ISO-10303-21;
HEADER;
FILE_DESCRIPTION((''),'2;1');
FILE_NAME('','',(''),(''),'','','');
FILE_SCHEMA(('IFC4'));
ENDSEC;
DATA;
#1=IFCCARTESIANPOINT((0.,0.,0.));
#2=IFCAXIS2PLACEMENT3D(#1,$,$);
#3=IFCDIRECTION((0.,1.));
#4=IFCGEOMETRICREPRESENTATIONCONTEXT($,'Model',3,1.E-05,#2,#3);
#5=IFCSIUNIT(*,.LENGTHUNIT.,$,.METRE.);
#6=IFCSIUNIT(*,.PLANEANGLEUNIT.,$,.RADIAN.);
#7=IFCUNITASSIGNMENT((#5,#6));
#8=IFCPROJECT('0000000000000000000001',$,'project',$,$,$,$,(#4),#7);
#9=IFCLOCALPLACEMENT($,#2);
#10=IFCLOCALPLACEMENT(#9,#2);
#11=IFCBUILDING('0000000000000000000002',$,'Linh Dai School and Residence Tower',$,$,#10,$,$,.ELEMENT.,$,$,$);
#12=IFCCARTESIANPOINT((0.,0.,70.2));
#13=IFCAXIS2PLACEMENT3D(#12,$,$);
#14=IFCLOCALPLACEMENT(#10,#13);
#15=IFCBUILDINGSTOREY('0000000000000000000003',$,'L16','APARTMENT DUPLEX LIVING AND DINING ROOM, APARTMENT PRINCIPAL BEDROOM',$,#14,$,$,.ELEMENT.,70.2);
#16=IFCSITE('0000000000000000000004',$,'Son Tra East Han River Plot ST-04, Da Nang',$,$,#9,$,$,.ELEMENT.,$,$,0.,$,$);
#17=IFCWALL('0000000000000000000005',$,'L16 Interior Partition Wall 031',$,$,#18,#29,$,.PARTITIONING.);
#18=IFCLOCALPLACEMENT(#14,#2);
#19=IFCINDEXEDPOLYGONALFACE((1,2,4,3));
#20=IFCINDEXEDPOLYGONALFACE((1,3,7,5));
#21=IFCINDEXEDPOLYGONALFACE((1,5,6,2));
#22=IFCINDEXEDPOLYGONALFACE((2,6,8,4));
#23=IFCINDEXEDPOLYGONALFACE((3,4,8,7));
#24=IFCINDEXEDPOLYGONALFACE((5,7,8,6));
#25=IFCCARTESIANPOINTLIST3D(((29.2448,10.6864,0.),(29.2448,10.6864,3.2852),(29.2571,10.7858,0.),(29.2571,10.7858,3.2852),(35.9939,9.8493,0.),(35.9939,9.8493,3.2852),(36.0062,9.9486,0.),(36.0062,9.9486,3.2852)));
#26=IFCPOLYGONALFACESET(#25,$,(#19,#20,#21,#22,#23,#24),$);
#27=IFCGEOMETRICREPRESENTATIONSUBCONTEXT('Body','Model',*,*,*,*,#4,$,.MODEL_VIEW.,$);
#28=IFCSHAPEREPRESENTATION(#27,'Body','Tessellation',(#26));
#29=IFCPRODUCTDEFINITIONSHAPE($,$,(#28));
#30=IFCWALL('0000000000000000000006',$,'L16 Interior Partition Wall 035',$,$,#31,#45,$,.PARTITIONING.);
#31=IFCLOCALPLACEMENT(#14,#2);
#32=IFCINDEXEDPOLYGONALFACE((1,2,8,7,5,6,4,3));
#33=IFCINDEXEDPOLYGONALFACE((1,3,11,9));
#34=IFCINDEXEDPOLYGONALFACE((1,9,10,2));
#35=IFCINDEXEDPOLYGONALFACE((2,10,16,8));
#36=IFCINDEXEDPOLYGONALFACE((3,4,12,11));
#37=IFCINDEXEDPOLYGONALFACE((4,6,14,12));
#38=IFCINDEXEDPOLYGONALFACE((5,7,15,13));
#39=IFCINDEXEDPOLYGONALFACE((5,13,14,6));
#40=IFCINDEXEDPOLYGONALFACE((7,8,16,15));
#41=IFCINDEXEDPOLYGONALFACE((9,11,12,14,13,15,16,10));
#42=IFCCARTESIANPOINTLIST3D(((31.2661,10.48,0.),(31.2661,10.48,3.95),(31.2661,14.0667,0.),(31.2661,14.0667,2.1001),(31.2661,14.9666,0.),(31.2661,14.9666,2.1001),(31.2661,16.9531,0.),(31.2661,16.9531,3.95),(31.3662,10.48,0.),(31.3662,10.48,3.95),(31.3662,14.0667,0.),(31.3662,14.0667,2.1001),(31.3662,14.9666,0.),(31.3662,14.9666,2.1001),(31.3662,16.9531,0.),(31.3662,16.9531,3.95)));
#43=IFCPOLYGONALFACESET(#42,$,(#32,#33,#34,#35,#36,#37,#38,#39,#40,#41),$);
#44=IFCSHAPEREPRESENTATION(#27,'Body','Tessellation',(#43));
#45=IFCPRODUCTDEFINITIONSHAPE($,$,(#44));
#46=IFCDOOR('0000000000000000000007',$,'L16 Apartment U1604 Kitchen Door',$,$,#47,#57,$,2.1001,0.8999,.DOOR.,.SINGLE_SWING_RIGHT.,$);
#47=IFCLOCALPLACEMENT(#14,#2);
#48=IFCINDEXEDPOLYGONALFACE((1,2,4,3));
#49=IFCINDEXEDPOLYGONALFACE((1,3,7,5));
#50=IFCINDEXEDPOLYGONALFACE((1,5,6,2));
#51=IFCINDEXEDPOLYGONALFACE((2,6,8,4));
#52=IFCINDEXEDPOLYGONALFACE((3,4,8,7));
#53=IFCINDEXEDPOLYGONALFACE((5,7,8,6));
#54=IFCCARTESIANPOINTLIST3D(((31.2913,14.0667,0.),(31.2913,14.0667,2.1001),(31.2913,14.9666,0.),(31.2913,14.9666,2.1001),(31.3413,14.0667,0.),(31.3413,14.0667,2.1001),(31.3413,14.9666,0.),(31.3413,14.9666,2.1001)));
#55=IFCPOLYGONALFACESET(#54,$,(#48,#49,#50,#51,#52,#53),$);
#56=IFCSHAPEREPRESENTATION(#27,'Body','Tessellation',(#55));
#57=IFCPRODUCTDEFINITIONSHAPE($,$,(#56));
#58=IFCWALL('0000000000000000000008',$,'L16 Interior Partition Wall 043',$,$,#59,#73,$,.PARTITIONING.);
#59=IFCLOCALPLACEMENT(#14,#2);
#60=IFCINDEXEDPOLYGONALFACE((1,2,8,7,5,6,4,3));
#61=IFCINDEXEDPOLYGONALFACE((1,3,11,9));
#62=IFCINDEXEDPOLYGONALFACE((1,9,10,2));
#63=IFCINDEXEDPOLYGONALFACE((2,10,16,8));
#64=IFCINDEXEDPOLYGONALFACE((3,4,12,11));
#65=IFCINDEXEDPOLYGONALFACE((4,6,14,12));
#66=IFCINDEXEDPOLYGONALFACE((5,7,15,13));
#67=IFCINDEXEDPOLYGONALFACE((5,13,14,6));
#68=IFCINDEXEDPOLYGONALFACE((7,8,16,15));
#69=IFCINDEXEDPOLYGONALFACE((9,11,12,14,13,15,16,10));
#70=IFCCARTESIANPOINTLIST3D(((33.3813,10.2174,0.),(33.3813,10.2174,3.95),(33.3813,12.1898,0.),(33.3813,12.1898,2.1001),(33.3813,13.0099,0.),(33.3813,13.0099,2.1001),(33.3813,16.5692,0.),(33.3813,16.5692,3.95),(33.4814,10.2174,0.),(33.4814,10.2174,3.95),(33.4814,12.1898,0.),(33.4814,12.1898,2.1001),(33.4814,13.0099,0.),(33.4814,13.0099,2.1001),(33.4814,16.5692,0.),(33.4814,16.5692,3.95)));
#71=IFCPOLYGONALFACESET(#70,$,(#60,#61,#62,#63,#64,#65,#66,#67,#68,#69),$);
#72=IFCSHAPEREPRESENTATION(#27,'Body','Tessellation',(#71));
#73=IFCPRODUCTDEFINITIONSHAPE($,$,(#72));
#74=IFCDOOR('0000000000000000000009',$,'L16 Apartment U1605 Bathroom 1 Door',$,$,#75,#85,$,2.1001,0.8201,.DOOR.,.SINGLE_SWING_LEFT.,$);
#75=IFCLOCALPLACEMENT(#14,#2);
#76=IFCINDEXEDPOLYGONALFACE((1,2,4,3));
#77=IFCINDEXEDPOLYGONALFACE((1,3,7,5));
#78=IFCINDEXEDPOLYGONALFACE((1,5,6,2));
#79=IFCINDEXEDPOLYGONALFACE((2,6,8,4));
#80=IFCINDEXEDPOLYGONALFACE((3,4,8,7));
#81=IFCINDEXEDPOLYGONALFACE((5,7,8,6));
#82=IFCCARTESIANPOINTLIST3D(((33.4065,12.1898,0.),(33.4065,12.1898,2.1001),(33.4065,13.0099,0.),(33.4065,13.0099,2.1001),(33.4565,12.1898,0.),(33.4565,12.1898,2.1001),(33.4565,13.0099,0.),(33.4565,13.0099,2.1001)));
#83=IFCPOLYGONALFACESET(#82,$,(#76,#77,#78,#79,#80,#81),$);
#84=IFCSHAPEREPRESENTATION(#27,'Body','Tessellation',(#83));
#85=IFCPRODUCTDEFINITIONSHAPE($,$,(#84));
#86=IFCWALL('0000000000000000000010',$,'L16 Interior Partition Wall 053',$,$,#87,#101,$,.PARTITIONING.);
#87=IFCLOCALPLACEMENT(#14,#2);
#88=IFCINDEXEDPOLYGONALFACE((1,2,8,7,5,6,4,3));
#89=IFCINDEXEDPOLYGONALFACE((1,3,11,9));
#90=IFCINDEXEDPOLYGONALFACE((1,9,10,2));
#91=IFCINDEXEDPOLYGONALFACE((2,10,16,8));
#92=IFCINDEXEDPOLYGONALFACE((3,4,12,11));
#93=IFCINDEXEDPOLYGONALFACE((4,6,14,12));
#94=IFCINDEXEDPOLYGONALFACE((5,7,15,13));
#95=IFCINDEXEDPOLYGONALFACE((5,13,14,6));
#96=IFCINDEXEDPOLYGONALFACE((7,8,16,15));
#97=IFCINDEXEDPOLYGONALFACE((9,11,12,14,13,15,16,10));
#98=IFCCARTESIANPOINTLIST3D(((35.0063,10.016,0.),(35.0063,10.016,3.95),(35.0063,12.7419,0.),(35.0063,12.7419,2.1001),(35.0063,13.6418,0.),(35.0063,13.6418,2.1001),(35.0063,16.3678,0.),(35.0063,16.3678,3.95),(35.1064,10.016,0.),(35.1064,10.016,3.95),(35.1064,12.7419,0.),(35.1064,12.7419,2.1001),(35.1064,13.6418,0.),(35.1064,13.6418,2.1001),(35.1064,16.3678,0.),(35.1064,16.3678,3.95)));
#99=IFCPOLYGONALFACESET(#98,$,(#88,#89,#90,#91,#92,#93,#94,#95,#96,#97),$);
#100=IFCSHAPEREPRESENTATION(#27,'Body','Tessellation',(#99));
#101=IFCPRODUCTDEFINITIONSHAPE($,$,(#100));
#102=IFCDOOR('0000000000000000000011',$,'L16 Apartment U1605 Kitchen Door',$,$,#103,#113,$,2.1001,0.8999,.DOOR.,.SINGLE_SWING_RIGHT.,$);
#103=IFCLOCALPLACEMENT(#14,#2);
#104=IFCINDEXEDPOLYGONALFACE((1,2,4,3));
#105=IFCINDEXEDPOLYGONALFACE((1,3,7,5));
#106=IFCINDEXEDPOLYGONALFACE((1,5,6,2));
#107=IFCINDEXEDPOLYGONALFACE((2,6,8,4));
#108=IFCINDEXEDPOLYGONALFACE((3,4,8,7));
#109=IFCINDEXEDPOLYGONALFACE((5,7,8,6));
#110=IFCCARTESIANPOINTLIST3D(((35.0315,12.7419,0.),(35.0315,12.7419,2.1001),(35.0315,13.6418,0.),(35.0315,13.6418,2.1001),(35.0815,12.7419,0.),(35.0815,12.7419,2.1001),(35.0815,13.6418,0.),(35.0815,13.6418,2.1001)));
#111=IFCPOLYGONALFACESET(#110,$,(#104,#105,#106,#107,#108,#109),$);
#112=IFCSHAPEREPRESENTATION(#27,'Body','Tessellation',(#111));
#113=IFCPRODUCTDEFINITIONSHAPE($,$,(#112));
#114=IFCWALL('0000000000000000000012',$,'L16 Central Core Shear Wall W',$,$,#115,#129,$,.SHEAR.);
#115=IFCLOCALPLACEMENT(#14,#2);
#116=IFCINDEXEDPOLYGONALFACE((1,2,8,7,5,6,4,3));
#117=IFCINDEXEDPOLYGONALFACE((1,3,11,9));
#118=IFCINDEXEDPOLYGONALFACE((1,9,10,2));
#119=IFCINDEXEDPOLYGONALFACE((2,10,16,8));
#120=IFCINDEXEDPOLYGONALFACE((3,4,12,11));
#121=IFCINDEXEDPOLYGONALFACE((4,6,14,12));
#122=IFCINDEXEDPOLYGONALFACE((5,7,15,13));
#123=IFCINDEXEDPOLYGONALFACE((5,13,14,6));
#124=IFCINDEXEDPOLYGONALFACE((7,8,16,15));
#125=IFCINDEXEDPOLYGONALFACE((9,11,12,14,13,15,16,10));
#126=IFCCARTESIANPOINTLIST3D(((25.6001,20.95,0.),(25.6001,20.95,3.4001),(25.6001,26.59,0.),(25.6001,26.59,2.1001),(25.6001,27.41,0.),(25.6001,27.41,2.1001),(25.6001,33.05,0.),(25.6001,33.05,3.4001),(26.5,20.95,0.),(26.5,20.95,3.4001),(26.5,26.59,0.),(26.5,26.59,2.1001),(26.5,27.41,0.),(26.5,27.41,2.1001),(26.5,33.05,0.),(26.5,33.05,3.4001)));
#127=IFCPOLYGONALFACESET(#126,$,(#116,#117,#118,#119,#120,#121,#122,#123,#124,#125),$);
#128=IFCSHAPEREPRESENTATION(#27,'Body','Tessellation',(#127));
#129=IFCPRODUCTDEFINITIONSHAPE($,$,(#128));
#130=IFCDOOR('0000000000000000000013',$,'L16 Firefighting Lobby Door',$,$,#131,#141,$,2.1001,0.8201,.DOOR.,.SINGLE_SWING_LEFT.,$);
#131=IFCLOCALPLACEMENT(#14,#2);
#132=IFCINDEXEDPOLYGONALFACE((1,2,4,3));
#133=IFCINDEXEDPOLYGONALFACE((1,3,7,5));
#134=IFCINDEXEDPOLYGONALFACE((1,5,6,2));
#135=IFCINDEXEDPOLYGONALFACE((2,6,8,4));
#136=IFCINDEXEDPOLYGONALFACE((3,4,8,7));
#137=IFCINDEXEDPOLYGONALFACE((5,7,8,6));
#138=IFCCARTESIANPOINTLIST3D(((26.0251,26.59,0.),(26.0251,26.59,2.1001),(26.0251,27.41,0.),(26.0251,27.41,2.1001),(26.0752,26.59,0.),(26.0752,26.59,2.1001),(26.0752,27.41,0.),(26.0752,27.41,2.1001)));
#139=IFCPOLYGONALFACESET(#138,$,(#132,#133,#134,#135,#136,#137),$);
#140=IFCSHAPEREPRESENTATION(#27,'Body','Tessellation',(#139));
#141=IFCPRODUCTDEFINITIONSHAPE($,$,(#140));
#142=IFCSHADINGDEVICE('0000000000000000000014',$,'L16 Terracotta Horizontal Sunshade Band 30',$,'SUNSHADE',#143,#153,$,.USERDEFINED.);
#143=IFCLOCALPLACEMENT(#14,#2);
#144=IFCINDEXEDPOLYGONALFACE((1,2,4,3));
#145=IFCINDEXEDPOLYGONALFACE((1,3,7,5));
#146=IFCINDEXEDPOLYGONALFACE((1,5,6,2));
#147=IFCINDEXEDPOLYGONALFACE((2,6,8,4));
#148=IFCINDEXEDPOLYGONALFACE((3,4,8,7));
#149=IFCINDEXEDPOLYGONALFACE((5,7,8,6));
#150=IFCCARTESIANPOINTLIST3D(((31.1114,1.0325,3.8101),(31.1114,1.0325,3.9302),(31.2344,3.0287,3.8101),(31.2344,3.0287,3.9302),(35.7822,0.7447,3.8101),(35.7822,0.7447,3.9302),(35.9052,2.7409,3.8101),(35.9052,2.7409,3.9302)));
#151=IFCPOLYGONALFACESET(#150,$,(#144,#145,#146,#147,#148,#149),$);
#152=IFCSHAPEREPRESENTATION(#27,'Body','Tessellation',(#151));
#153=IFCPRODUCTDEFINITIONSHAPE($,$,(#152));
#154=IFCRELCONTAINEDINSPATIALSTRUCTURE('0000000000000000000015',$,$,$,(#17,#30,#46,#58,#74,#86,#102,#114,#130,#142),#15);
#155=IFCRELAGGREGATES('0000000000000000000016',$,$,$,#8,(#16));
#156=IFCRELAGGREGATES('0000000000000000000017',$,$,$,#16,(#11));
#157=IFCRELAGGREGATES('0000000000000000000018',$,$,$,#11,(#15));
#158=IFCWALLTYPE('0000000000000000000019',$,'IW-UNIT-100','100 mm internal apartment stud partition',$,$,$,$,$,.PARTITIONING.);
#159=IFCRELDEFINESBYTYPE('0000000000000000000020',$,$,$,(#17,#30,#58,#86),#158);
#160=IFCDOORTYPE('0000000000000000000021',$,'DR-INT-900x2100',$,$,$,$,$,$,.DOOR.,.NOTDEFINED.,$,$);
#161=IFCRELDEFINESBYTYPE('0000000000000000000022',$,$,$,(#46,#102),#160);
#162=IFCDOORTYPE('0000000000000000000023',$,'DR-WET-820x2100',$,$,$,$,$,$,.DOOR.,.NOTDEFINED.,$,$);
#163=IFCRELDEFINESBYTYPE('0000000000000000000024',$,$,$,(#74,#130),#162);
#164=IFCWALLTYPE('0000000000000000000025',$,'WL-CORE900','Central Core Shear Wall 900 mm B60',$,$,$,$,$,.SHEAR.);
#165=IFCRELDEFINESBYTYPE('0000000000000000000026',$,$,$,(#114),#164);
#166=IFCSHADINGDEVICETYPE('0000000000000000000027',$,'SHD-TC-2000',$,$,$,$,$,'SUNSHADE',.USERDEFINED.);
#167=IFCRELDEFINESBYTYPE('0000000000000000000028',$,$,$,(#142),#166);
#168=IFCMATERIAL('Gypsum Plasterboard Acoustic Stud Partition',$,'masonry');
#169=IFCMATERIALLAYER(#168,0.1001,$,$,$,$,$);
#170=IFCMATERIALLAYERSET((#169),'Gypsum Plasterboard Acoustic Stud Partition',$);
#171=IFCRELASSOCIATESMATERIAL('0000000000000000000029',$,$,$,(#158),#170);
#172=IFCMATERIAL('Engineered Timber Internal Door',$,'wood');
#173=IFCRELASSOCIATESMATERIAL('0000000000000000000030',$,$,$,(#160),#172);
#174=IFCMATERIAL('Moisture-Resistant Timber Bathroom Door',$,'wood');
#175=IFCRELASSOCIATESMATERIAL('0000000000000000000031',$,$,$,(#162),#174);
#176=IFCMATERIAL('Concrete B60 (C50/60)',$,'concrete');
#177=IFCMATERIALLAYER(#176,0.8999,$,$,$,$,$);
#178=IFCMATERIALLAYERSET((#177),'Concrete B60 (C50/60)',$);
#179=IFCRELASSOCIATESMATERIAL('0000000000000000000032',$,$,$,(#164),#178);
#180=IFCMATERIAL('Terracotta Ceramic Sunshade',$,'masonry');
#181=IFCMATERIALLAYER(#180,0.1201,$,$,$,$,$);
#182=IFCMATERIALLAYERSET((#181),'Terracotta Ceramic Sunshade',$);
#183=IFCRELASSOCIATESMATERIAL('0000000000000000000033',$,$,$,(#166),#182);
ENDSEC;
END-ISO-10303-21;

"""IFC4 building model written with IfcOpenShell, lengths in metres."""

from ifc_helpers import new_model, si_unit, direction, frame, frame_2d, origin, origin_2d, place, context, subcontext, project, spatial, rectangle, extrude, source, transform, mapped, material, layer, layer_set, type_object, element, fill, save


model = new_model("IFC4")

# Units and contexts
model_context = context("Model", 3, precision=1e-05, world=origin(), true_north=direction((0.0, 1.0)))
body_context = subcontext(model_context, "Body", "Model", "MODEL_VIEW")
ifc_project = project(units=[si_unit("LENGTHUNIT", "METRE"), si_unit("PLANEANGLEUNIT", "RADIAN")], contexts=[model_context])

# Site, building, storey
site_placement = place(None, origin())
site = spatial("IfcSite", under=ifc_project, at=site_placement, Name="Son Tra East Han River Plot ST-04, Da Nang", CompositionType="ELEMENT", RefElevation=0.0)
building_placement = place(site_placement, origin())
building = spatial("IfcBuilding", under=site, at=building_placement, Name="Linh Dai School and Residence Tower", CompositionType="ELEMENT")
storey_placement = place(building_placement, frame((0.0, 0.0, 70.2)))
storey = spatial("IfcBuildingStorey", under=building, at=storey_placement, Name="L16", Description="APARTMENT DUPLEX LIVING AND DINING ROOM, APARTMENT PRINCIPAL BEDROOM", CompositionType="ELEMENT", Elevation=70.2)

# Shared definitions
ifc_material_1 = material(Name="Concrete B60 (C50/60)", Category="concrete")

# Wall
ifc_material_2 = material(Name="Gypsum Plasterboard Acoustic Stud Partition", Category="masonry")
ifc_layer_1 = layer(ifc_material_2, 0.1001)
ifc_layer_set_1 = layer_set([ifc_layer_1], Name="Gypsum Plasterboard Acoustic Stud Partition")
wall_type_1 = type_object("IfcWallType", Name="IW-UNIT-100", Description="100 mm internal apartment stud partition", PredefinedType="PARTITIONING", material=ifc_layer_set_1)
wall_1_placement = place(storey_placement, frame((29.251, 10.7361, 0.0), z_axis=(0.0, 0.0, 1.0), x_axis=(0.992395, -0.123098, 0.0)))
element("IfcWall", 1, at=wall_1_placement, inside=storey, type_object=wall_type_1, Name="L16 Interior Partition Wall 031", PredefinedType="PARTITIONING", context=body_context, shape_type="SweptSolid", body=[
    extrude(rectangle(XDim=6.8008, YDim=0.1001, at=frame_2d((3.4004, 0.0))), origin(), (0.0, 0.0, 1.0), 3.2852),
])

# Walls, openings, doors
wall_2_placement = place(storey_placement, frame((31.3162, 10.48, 0.0), z_axis=(0.0, 0.0, 1.0), x_axis=(0.0, 1.0, 0.0)))
wall_2 = element("IfcWall", 2, at=wall_2_placement, inside=storey, type_object=wall_type_1, Name="L16 Interior Partition Wall 035", PredefinedType="PARTITIONING", context=body_context, shape_type="SweptSolid", body=[
    extrude(rectangle(XDim=6.4731, YDim=0.1001, at=frame_2d((3.2366, 0.0))), origin(), (0.0, 0.0, 1.0), 3.95),
])
opening_1_placement = place(wall_2_placement, frame((3.5867, 0.0, 0.0)))
opening_1 = element("IfcOpeningElement", 3, at=opening_1_placement, cuts=wall_2, PredefinedType="OPENING", context=body_context, shape_type="SweptSolid", body=[
    extrude(rectangle(XDim=0.8999, YDim=2.1001, at=origin_2d()), frame((0.45, 0.0601, 1.05), z_axis=(0.0, -1.0, 0.0), x_axis=(1.0, 0.0, 0.0)), (0.0, 0.0, 1.0), 0.1201),
])
ifc_material_3 = material(Name="Engineered Timber Internal Door", Category="wood")
door_type_1 = type_object("IfcDoorType", Name="DR-INT-900x2100", OperationType="NOTDEFINED", PredefinedType="DOOR", material=ifc_material_3)
shared_shape_1 = source(origin(), body_context, "Body", "SweptSolid", [
    extrude(rectangle(XDim=0.8999, YDim=2.1001, at=origin_2d()), frame((0.45, 0.0249, 1.05), z_axis=(0.0, -1.0, 0.0), x_axis=(1.0, 0.0, 0.0)), (0.0, 0.0, 1.0), 0.05),
])
door_1_placement = place(opening_1_placement, origin())
door_1 = element("IfcDoor", 4, at=door_1_placement, inside=storey, type_object=door_type_1, Name="L16 Apartment U1604 Kitchen Door", OperationType="SINGLE_SWING_RIGHT", OverallHeight=2.1001, OverallWidth=0.8999, PredefinedType="DOOR", context=body_context, shape_type="MappedRepresentation", body=[
    mapped(shared_shape_1, transform((0.0, 0.0, 0.0), x_axis=(1.0, 0.0, 0.0), y_axis=(0.0, 1.0, 0.0), z_axis=(0.0, 0.0, 1.0), scale=1.0)),
])
fill(opening_1, door_1)
wall_3_placement = place(storey_placement, frame((33.4314, 10.2175, 0.0), z_axis=(0.0, 0.0, 1.0), x_axis=(0.0, 1.0, 0.0)))
wall_3 = element("IfcWall", 5, at=wall_3_placement, inside=storey, type_object=wall_type_1, Name="L16 Interior Partition Wall 043", PredefinedType="PARTITIONING", context=body_context, shape_type="SweptSolid", body=[
    extrude(rectangle(XDim=6.3518, YDim=0.1001, at=frame_2d((3.1758, 0.0))), origin(), (0.0, 0.0, 1.0), 3.95),
])
opening_2_placement = place(wall_3_placement, frame((1.9722, 0.0, 0.0)))
opening_2 = element("IfcOpeningElement", 6, at=opening_2_placement, cuts=wall_3, PredefinedType="OPENING", context=body_context, shape_type="SweptSolid", body=[
    extrude(rectangle(XDim=0.8201, YDim=2.1001, at=origin_2d()), frame((0.4102, 0.0601, 1.05), z_axis=(0.0, -1.0, 0.0), x_axis=(1.0, 0.0, 0.0)), (0.0, 0.0, 1.0), 0.1201),
])
ifc_material_4 = material(Name="Moisture-Resistant Timber Bathroom Door", Category="wood")
door_type_2 = type_object("IfcDoorType", Name="DR-WET-820x2100", OperationType="NOTDEFINED", PredefinedType="DOOR", material=ifc_material_4)
shared_shape_2 = source(origin(), body_context, "Body", "SweptSolid", [
    extrude(rectangle(XDim=0.8201, YDim=2.1001, at=origin_2d()), frame((0.4102, 0.0249, 1.05), z_axis=(0.0, -1.0, 0.0), x_axis=(1.0, 0.0, 0.0)), (0.0, 0.0, 1.0), 0.05),
])
door_2_placement = place(opening_2_placement, origin())
door_2 = element("IfcDoor", 7, at=door_2_placement, inside=storey, type_object=door_type_2, Name="L16 Apartment U1605 Bathroom 1 Door", OperationType="SINGLE_SWING_LEFT", OverallHeight=2.1001, OverallWidth=0.8201, PredefinedType="DOOR", context=body_context, shape_type="MappedRepresentation", body=[
    mapped(shared_shape_2, transform((0.0, 0.0, 0.0), x_axis=(1.0, 0.0, 0.0), y_axis=(0.0, 1.0, 0.0), z_axis=(0.0, 0.0, 1.0), scale=1.0)),
])
fill(opening_2, door_2)
wall_4_placement = place(storey_placement, frame((35.0564, 10.0161, 0.0), z_axis=(0.0, 0.0, 1.0), x_axis=(0.0, 1.0, 0.0)))
wall_4 = element("IfcWall", 8, at=wall_4_placement, inside=storey, type_object=wall_type_1, Name="L16 Interior Partition Wall 053", PredefinedType="PARTITIONING", context=body_context, shape_type="SweptSolid", body=[
    extrude(rectangle(XDim=6.3518, YDim=0.1001, at=frame_2d((3.1758, 0.0))), origin(), (0.0, 0.0, 1.0), 3.95),
])
opening_3_placement = place(wall_4_placement, frame((2.7258, 0.0, 0.0)))
opening_3 = element("IfcOpeningElement", 9, at=opening_3_placement, cuts=wall_4, PredefinedType="OPENING", context=body_context, shape_type="SweptSolid", body=[
    extrude(rectangle(XDim=0.8999, YDim=2.1001, at=origin_2d()), frame((0.45, 0.0601, 1.05), z_axis=(0.0, -1.0, 0.0), x_axis=(1.0, 0.0, 0.0)), (0.0, 0.0, 1.0), 0.1201),
])
door_3_placement = place(opening_3_placement, origin())
door_3 = element("IfcDoor", 10, at=door_3_placement, inside=storey, type_object=door_type_1, Name="L16 Apartment U1605 Kitchen Door", OperationType="SINGLE_SWING_RIGHT", OverallHeight=2.1001, OverallWidth=0.8999, PredefinedType="DOOR", context=body_context, shape_type="MappedRepresentation", body=[
    mapped(shared_shape_1, transform((0.0, 0.0, 0.0), x_axis=(1.0, 0.0, 0.0), y_axis=(0.0, 1.0, 0.0), z_axis=(0.0, 0.0, 1.0), scale=1.0)),
])
fill(opening_3, door_3)
ifc_layer_2 = layer(ifc_material_1, 0.8999)
ifc_layer_set_2 = layer_set([ifc_layer_2], Name="Concrete B60 (C50/60)")
wall_type_2 = type_object("IfcWallType", Name="WL-CORE900", Description="Central Core Shear Wall 900 mm B60", PredefinedType="SHEAR", material=ifc_layer_set_2)
wall_5_placement = place(storey_placement, frame((26.05, 20.95, 0.0), z_axis=(0.0, 0.0, 1.0), x_axis=(0.0, 1.0, 0.0)))
wall_5 = element("IfcWall", 11, at=wall_5_placement, inside=storey, type_object=wall_type_2, Name="L16 Central Core Shear Wall W", PredefinedType="SHEAR", context=body_context, shape_type="SweptSolid", body=[
    extrude(rectangle(XDim=12.1001, YDim=0.8999, at=frame_2d((6.05, 0.0))), origin(), (0.0, 0.0, 1.0), 3.4001),
])
opening_4_placement = place(wall_5_placement, frame((5.6399, 0.0, 0.0)))
opening_4 = element("IfcOpeningElement", 12, at=opening_4_placement, cuts=wall_5, PredefinedType="OPENING", context=body_context, shape_type="SweptSolid", body=[
    extrude(rectangle(XDim=0.8201, YDim=2.1001, at=origin_2d()), frame((0.4102, 0.46, 1.05), z_axis=(0.0, -1.0, 0.0), x_axis=(1.0, 0.0, 0.0)), (0.0, 0.0, 1.0), 0.9199),
])
door_4_placement = place(opening_4_placement, origin())
door_4 = element("IfcDoor", 13, at=door_4_placement, inside=storey, type_object=door_type_2, Name="L16 Firefighting Lobby Door", OperationType="SINGLE_SWING_LEFT", OverallHeight=2.1001, OverallWidth=0.8201, PredefinedType="DOOR", context=body_context, shape_type="MappedRepresentation", body=[
    mapped(shared_shape_2, transform((0.0, 0.0, 0.0), x_axis=(1.0, 0.0, 0.0), y_axis=(0.0, 1.0, 0.0), z_axis=(0.0, 0.0, 1.0), scale=1.0)),
])
fill(opening_4, door_4)

# Shading device
ifc_material_5 = material(Name="Terracotta Ceramic Sunshade", Category="masonry")
ifc_layer_3 = layer(ifc_material_5, 0.1201)
ifc_layer_set_3 = layer_set([ifc_layer_3], Name="Terracotta Ceramic Sunshade")
shading_device_type = type_object("IfcShadingDeviceType", Name="SHD-TC-2000", ElementType="SUNSHADE", PredefinedType="USERDEFINED", material=ifc_layer_set_3)
shared_shape_3 = source(origin(), body_context, "Body", "SweptSolid", [
    extrude(rectangle(XDim=4.6797, YDim=2.0, at=origin_2d()), origin(), (0.0, 0.0, 1.0), 0.1201),
])
shading_device_placement = place(storey_placement, frame((33.5083, 1.8867, 3.8101), z_axis=(0.0, 0.0, 1.0), x_axis=(-0.998107, 0.061507, 0.0)))
element("IfcShadingDevice", 14, at=shading_device_placement, inside=storey, type_object=shading_device_type, Name="L16 Terracotta Horizontal Sunshade Band 30", ObjectType="SUNSHADE", PredefinedType="USERDEFINED", context=body_context, shape_type="MappedRepresentation", body=[
    mapped(shared_shape_3, transform((0.0, 0.0, 0.0), x_axis=(1.0, 0.0, 0.0), y_axis=(0.0, 1.0, 0.0), z_axis=(0.0, 0.0, 1.0), scale=1.0)),
])

save(model, "model.ifc")
